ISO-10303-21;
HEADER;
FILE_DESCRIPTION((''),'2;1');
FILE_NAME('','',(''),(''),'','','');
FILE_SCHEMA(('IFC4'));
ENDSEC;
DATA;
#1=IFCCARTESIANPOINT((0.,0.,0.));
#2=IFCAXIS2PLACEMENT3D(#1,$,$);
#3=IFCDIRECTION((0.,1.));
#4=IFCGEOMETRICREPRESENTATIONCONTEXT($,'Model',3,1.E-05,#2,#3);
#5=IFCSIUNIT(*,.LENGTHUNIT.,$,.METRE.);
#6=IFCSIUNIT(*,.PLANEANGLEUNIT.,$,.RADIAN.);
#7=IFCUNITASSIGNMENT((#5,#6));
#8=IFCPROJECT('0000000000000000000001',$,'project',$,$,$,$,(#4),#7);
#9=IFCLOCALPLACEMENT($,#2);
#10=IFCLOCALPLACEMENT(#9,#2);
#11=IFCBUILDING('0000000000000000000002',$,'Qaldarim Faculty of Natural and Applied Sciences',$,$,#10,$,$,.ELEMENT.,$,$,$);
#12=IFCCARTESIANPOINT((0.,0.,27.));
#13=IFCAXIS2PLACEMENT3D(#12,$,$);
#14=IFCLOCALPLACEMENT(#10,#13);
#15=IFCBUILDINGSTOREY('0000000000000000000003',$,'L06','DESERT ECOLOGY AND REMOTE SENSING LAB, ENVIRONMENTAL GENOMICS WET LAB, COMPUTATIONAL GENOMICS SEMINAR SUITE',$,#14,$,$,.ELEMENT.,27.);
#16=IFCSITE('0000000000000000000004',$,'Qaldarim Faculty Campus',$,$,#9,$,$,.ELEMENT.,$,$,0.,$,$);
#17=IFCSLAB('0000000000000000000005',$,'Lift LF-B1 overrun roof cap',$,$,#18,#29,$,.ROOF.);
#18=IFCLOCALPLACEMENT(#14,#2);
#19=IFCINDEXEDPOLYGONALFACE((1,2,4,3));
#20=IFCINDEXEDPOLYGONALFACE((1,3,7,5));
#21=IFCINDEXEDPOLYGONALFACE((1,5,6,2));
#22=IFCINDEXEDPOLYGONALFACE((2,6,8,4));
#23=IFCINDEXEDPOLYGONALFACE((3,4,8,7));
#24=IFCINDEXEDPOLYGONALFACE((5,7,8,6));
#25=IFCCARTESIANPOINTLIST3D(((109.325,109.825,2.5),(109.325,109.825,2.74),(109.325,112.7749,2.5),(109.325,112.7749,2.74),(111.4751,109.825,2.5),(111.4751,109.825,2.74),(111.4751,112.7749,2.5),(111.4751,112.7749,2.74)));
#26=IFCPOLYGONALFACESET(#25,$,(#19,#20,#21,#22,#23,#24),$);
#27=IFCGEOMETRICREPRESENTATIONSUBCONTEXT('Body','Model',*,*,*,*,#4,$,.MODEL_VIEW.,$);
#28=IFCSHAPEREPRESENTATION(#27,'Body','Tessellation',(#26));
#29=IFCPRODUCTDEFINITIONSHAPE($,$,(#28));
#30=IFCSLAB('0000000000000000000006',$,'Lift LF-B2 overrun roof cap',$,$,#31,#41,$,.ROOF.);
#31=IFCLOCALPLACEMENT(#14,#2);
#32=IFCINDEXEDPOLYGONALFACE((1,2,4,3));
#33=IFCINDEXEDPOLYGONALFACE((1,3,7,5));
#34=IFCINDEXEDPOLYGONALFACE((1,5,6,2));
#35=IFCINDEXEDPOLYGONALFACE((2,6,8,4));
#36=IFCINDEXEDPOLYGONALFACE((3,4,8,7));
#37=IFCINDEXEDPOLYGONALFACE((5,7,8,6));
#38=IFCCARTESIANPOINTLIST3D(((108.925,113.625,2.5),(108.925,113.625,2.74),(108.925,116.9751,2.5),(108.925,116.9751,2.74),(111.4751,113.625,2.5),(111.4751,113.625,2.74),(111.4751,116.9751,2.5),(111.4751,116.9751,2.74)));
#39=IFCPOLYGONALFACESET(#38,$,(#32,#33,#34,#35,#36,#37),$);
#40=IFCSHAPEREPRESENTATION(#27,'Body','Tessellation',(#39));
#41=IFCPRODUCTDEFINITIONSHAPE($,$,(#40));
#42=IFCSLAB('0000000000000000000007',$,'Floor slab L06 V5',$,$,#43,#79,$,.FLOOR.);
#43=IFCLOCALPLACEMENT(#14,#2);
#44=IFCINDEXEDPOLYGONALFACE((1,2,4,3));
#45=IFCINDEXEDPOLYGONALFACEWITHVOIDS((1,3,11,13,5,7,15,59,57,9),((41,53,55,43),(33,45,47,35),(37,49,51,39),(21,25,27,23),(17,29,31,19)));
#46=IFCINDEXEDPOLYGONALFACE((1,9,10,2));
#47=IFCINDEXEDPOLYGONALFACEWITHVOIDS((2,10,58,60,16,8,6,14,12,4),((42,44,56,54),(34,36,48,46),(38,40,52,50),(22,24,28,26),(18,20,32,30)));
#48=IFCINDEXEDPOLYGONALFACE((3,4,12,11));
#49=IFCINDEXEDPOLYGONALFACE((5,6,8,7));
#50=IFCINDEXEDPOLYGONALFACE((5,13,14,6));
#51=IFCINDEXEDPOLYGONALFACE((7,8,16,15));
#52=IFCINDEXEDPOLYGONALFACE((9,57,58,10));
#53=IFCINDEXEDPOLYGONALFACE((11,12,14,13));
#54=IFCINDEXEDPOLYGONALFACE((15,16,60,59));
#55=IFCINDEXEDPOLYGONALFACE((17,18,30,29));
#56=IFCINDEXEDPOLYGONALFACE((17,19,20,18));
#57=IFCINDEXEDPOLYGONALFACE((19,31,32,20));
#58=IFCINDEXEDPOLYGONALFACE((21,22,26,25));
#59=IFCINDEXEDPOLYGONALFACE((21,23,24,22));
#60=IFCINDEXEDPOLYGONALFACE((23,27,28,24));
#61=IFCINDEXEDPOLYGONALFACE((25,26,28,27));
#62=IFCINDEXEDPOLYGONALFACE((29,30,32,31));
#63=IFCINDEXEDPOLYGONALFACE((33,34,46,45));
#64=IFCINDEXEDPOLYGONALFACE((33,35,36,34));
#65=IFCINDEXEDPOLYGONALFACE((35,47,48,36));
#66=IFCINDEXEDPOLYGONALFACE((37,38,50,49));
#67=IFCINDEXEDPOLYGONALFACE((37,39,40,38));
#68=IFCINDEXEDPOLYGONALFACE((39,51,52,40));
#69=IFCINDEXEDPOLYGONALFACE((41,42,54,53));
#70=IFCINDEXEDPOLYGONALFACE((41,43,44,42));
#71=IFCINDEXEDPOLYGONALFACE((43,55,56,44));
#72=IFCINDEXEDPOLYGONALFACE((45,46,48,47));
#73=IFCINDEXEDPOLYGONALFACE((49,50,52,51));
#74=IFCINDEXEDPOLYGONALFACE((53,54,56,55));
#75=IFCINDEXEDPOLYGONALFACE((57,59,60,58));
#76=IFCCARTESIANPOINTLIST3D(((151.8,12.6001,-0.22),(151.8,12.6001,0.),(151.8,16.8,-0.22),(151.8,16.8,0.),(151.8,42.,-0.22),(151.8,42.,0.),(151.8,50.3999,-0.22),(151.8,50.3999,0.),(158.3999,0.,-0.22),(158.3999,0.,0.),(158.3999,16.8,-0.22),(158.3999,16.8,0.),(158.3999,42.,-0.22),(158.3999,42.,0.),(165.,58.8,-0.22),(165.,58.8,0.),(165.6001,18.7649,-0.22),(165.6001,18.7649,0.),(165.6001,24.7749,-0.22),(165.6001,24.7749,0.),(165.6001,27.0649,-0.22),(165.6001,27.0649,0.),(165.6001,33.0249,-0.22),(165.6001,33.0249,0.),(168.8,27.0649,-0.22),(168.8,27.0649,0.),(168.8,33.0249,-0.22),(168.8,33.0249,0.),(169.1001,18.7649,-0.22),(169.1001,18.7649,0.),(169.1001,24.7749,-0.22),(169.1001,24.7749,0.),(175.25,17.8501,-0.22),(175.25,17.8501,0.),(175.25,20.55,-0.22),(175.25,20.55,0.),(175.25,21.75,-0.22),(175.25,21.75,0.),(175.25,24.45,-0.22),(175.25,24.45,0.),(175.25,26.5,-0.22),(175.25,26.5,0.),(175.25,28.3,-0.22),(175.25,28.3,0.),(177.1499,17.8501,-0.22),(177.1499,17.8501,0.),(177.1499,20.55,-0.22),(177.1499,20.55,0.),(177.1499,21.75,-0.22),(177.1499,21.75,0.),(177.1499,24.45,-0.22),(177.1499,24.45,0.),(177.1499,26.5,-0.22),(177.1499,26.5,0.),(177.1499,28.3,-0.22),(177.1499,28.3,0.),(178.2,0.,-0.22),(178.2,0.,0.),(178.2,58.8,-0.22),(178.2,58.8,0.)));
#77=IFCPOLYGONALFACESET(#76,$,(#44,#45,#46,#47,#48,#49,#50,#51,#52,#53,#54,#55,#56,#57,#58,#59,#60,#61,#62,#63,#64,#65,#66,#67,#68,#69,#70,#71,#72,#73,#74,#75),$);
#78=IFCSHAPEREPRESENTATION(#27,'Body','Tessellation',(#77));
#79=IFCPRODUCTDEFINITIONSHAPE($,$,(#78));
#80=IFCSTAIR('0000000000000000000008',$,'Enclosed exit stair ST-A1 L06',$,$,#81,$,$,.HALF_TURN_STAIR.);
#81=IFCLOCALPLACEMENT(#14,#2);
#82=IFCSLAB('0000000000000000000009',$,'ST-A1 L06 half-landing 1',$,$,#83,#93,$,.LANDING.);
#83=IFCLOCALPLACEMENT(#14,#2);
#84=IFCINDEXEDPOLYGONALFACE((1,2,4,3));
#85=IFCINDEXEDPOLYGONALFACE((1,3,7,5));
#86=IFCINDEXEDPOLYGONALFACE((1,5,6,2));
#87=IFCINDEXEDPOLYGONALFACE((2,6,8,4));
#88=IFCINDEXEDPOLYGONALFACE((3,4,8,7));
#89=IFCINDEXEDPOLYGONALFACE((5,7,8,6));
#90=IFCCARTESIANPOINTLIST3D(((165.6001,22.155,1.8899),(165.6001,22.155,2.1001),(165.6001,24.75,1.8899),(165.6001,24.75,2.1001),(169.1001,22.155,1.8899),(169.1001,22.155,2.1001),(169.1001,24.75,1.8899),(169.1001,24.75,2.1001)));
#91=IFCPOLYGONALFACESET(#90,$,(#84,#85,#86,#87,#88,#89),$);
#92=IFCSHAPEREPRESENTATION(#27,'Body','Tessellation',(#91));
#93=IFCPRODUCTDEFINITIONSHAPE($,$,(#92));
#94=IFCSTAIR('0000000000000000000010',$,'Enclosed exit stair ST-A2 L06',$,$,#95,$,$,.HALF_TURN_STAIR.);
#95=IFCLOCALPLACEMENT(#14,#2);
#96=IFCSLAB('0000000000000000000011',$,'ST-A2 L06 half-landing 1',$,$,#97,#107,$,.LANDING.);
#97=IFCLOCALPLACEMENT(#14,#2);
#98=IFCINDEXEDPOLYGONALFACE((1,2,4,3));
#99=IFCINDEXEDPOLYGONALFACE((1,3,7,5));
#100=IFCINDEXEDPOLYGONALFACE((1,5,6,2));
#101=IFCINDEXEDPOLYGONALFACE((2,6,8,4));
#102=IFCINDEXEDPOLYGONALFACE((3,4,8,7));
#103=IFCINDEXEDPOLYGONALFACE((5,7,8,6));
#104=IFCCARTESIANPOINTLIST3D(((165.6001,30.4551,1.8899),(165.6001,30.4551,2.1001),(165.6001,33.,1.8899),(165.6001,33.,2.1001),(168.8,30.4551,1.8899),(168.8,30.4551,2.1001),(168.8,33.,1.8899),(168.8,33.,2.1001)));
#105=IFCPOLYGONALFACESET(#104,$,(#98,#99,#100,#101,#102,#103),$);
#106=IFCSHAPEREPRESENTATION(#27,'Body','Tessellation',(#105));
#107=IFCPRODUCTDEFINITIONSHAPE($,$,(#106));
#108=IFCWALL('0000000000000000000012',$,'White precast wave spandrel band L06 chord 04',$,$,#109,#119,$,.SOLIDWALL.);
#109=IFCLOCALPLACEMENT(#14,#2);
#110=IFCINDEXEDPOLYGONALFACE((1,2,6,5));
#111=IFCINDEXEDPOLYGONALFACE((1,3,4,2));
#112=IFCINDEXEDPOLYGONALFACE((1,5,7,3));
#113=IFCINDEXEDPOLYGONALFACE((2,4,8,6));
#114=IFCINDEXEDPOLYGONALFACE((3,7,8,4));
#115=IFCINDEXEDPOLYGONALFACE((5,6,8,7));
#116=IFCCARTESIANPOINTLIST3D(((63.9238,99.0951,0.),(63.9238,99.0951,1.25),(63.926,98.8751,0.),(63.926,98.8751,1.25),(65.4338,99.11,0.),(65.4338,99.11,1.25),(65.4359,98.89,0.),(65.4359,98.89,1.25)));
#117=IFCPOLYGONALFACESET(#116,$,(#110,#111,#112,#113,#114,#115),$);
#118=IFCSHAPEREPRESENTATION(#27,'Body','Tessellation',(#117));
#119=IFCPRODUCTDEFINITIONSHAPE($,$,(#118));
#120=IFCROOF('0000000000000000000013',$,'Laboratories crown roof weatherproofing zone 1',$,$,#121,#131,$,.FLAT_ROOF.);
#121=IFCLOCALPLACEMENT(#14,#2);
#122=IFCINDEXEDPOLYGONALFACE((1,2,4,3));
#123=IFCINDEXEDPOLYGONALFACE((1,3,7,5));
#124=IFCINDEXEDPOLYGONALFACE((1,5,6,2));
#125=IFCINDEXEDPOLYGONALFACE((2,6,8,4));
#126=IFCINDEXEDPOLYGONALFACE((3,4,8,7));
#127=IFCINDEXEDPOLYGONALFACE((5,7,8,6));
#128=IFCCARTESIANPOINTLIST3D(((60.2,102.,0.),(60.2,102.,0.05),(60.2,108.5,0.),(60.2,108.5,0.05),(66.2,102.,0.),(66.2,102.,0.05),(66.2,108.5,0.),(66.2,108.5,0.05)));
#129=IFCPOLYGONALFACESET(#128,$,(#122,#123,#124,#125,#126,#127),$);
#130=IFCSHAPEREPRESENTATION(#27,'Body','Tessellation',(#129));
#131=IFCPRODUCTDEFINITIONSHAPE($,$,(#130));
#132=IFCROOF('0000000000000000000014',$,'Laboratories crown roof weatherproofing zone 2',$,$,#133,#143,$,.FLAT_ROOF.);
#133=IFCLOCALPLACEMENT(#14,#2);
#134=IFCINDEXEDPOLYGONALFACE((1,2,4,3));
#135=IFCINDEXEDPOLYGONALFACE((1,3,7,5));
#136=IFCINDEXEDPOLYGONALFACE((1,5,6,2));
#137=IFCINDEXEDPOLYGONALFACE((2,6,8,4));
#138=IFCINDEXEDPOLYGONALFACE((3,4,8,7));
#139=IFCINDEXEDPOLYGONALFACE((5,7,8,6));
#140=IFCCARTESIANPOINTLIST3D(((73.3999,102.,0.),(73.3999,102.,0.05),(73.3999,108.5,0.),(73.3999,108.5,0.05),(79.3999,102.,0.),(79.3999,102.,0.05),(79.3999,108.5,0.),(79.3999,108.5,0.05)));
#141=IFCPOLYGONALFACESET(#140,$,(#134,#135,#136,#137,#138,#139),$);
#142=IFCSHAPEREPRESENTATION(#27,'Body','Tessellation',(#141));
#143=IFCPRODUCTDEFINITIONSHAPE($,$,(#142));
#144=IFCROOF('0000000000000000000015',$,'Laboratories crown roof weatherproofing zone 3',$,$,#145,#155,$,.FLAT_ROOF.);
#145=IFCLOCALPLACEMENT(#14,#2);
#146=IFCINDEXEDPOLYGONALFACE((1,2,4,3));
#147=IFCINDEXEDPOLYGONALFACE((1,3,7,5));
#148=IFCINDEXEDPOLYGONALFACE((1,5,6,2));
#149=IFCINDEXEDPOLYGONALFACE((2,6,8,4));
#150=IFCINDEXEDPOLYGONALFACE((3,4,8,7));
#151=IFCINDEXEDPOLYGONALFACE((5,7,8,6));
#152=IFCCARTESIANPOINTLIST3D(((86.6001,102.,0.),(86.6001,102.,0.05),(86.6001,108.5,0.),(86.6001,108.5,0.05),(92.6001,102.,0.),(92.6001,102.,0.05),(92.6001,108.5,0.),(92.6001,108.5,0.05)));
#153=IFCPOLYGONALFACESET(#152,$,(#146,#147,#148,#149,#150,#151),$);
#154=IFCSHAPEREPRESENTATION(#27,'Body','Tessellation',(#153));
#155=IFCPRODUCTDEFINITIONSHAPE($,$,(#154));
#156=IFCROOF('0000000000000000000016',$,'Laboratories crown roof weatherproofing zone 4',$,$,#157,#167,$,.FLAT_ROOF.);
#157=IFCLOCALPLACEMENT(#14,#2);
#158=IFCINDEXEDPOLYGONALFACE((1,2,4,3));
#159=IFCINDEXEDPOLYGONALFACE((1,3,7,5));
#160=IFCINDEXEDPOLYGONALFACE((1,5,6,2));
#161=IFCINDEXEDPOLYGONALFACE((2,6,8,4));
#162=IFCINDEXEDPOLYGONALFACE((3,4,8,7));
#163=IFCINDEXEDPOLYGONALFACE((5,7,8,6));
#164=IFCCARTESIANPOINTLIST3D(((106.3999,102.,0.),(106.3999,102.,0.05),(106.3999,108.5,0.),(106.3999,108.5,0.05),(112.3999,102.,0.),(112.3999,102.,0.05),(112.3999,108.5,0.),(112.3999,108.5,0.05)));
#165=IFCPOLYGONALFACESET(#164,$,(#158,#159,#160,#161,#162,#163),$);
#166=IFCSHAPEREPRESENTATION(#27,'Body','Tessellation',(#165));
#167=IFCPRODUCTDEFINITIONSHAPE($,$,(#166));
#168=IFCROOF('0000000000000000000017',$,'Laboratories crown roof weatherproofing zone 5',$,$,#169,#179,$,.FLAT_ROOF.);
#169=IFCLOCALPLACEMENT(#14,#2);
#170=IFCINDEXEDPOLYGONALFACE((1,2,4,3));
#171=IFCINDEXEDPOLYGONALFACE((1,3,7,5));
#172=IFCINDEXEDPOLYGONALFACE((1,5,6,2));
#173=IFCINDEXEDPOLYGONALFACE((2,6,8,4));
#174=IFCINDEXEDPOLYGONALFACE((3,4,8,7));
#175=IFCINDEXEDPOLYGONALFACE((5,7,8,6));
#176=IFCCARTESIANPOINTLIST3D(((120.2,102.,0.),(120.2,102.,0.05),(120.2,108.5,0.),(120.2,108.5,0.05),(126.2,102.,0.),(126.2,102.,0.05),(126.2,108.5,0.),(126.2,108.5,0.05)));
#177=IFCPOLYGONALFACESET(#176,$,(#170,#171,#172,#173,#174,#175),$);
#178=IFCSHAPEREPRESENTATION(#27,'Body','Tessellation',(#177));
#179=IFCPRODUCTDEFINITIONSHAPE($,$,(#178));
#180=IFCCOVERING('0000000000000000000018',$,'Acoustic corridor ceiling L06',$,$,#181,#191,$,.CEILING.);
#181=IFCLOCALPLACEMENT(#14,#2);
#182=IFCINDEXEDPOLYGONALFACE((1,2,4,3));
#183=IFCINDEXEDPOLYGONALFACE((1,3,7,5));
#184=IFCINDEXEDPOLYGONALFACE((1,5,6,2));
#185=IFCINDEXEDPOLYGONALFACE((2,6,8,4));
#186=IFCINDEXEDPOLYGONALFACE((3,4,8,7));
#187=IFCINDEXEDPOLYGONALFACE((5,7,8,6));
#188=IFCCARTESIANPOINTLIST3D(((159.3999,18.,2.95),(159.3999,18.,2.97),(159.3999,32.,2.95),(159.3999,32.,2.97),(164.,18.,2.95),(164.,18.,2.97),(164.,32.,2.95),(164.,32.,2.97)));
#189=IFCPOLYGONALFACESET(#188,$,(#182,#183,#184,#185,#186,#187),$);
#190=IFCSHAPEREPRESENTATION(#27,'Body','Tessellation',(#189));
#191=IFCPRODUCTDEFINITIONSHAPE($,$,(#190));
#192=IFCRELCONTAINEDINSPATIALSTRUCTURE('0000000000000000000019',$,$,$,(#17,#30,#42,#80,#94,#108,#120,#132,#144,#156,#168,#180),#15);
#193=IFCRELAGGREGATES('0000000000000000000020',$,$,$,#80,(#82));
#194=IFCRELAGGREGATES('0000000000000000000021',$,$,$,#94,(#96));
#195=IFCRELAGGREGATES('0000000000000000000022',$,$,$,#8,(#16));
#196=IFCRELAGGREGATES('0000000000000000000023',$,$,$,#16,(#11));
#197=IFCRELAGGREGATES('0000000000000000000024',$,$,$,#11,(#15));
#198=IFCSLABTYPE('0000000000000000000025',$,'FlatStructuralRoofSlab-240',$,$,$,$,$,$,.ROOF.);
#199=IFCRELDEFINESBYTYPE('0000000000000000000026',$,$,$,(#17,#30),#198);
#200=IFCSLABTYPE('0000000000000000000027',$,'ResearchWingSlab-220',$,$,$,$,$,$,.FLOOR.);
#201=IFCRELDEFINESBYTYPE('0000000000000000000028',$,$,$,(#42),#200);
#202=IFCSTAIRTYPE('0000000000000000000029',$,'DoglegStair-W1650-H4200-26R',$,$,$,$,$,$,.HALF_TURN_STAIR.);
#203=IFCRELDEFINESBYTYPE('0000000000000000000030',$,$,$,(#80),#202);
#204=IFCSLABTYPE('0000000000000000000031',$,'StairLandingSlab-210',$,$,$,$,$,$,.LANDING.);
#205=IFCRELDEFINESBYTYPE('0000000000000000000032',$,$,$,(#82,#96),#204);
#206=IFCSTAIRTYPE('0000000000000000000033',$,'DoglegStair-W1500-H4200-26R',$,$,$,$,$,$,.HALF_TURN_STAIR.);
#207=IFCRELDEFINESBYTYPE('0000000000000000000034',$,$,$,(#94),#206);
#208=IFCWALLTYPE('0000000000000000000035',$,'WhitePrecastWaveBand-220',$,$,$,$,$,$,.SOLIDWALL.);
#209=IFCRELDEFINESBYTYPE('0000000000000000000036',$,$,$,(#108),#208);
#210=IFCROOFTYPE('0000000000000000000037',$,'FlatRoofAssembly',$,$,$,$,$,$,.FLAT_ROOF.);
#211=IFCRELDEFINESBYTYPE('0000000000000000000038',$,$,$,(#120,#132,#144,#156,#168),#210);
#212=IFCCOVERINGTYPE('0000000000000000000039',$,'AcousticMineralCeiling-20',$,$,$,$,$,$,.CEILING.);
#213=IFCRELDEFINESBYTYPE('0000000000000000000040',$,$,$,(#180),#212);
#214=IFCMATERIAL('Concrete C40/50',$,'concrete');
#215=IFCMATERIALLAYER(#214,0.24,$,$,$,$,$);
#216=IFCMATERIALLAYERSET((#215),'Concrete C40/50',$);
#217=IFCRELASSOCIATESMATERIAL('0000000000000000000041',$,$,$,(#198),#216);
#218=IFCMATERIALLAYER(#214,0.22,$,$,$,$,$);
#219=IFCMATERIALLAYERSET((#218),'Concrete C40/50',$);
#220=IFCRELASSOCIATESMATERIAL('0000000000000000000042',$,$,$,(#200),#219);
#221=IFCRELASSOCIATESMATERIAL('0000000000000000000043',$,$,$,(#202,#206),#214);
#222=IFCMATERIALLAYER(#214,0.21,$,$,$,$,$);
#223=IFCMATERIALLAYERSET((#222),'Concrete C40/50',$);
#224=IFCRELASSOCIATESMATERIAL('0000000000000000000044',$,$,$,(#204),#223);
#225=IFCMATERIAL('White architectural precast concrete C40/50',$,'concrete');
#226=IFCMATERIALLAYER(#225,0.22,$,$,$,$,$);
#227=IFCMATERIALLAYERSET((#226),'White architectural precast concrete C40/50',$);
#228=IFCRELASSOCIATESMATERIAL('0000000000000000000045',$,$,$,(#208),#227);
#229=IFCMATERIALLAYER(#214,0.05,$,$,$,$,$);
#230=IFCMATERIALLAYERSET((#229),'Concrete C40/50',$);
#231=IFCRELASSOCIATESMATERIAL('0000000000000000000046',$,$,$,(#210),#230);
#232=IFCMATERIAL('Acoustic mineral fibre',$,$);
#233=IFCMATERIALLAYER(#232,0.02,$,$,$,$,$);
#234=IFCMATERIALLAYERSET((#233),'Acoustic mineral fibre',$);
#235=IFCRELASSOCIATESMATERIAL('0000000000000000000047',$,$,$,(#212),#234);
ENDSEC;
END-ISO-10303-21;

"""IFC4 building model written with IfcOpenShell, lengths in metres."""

from ifc_helpers import new_model, si_unit, direction, frame, frame_2d, origin, place, context, subcontext, project, spatial, polyline, rectangle, outline, extrude, material, layer, layer_set, type_object, element, aggregate, save


model = new_model("IFC4")

# Units and contexts
model_context = context("Model", 3, precision=1e-05, world=origin(), true_north=direction((0.0, 1.0)))
body_context = subcontext(model_context, "Body", "Model", "MODEL_VIEW")
ifc_project = project(units=[si_unit("LENGTHUNIT", "METRE"), si_unit("PLANEANGLEUNIT", "RADIAN")], contexts=[model_context])

# Site, building, storey
site_placement = place(None, origin())
site = spatial("IfcSite", under=ifc_project, at=site_placement, Name="Qaldarim Faculty Campus", CompositionType="ELEMENT", RefElevation=0.0)
building_placement = place(site_placement, origin())
building = spatial("IfcBuilding", under=site, at=building_placement, Name="Qaldarim Faculty of Natural and Applied Sciences", CompositionType="ELEMENT")
storey_placement = place(building_placement, frame((0.0, 0.0, 27.0)))
storey = spatial("IfcBuildingStorey", under=building, at=storey_placement, Name="L06", Description="DESERT ECOLOGY AND REMOTE SENSING LAB, ENVIRONMENTAL GENOMICS WET LAB, COMPUTATIONAL GENOMICS SEMINAR SUITE", CompositionType="ELEMENT", Elevation=27.0)

# Shared definitions
ifc_material_1 = material(Name="Concrete C40/50", Category="concrete")
ifc_layer_1 = layer(ifc_material_1, 0.24)
ifc_layer_set_1 = layer_set([ifc_layer_1], Name="Concrete C40/50")
slab_type_1 = type_object("IfcSlabType", Name="FlatStructuralRoofSlab-240", PredefinedType="ROOF", material=ifc_layer_set_1)

# Slabs
slab_1_placement = place(storey_placement, frame((0.0, 0.0, 2.5)))
element("IfcSlab", 1, at=slab_1_placement, inside=storey, type_object=slab_type_1, Name="Lift LF-B1 overrun roof cap", PredefinedType="ROOF", context=body_context, shape_type="SweptSolid", body=[
    extrude(outline(polyline([(109.325, 109.825), (111.4751, 109.825), (111.4751, 112.7749), (109.325, 112.7749), (109.325, 109.825)])), origin(), (0.0, 0.0, 1.0), 0.24),
])
slab_2_placement = place(storey_placement, frame((0.0, 0.0, 2.5)))
element("IfcSlab", 2, at=slab_2_placement, inside=storey, type_object=slab_type_1, Name="Lift LF-B2 overrun roof cap", PredefinedType="ROOF", context=body_context, shape_type="SweptSolid", body=[
    extrude(outline(polyline([(108.925, 113.625), (111.4751, 113.625), (111.4751, 116.9751), (108.925, 116.9751), (108.925, 113.625)])), origin(), (0.0, 0.0, 1.0), 0.24),
])
ifc_layer_2 = layer(ifc_material_1, 0.22)
ifc_layer_set_2 = layer_set([ifc_layer_2], Name="Concrete C40/50")
slab_type_2 = type_object("IfcSlabType", Name="ResearchWingSlab-220", PredefinedType="FLOOR", material=ifc_layer_set_2)
slab_3_placement = place(storey_placement, frame((0.0, 0.0, -0.22)))
element("IfcSlab", 3, at=slab_3_placement, inside=storey, type_object=slab_type_2, Name="Floor slab L06 V5", PredefinedType="FLOOR", context=body_context, shape_type="SweptSolid", body=[
    extrude(outline(polyline([(158.3999, 0.0), (178.2, 0.0), (178.2, 58.8), (165.0, 58.8), (151.8, 50.3999), (151.8, 42.0), (158.3999, 42.0), (158.3999, 16.8), (151.8, 16.8), (151.8, 12.6001), (158.3999, 0.0)]), holes=[polyline([(169.1001, 18.7649), (169.1001, 24.7749), (165.6001, 24.7749), (165.6001, 18.7649), (169.1001, 18.7649)]), polyline([(168.8, 27.0649), (168.8, 33.0249), (165.6001, 33.0249), (165.6001, 27.0649), (168.8, 27.0649)]), polyline([(175.25, 17.8501), (177.1499, 17.8501), (177.1499, 20.55), (175.25, 20.55), (175.25, 17.8501)]), polyline([(175.25, 21.75), (177.1499, 21.75), (177.1499, 24.45), (175.25, 24.45), (175.25, 21.75)]), polyline([(175.25, 26.5), (177.1499, 26.5), (177.1499, 28.3), (175.25, 28.3), (175.25, 26.5)])]), origin(), (0.0, 0.0, 1.0), 0.22),
])

# Stairs, slabs
stair_type_1 = type_object("IfcStairType", Name="DoglegStair-W1650-H4200-26R", PredefinedType="HALF_TURN_STAIR", material=ifc_material_1)
stair_1_placement = place(storey_placement, origin())
stair_1 = element("IfcStair", 4, at=stair_1_placement, inside=storey, type_object=stair_type_1, Name="Enclosed exit stair ST-A1 L06", PredefinedType="HALF_TURN_STAIR")
ifc_layer_3 = layer(ifc_material_1, 0.21)
ifc_layer_set_3 = layer_set([ifc_layer_3], Name="Concrete C40/50")
slab_type_3 = type_object("IfcSlabType", Name="StairLandingSlab-210", PredefinedType="LANDING", material=ifc_layer_set_3)
slab_4_placement = place(storey_placement, frame((0.0, 0.0, 1.8899)))
slab_4 = element("IfcSlab", 5, at=slab_4_placement, type_object=slab_type_3, Name="ST-A1 L06 half-landing 1", PredefinedType="LANDING", context=body_context, shape_type="SweptSolid", body=[
    extrude(outline(polyline([(169.1001, 22.155), (169.1001, 24.75), (165.6001, 24.75), (165.6001, 22.155), (169.1001, 22.155)])), origin(), (0.0, 0.0, 1.0), 0.2102),
])
aggregate(stair_1, [slab_4])
stair_type_2 = type_object("IfcStairType", Name="DoglegStair-W1500-H4200-26R", PredefinedType="HALF_TURN_STAIR", material=ifc_material_1)
stair_2_placement = place(storey_placement, origin())
stair_2 = element("IfcStair", 6, at=stair_2_placement, inside=storey, type_object=stair_type_2, Name="Enclosed exit stair ST-A2 L06", PredefinedType="HALF_TURN_STAIR")
slab_5_placement = place(storey_placement, frame((0.0, 0.0, 1.8899)))
slab_5 = element("IfcSlab", 7, at=slab_5_placement, type_object=slab_type_3, Name="ST-A2 L06 half-landing 1", PredefinedType="LANDING", context=body_context, shape_type="SweptSolid", body=[
    extrude(outline(polyline([(168.8, 30.4551), (168.8, 33.0), (165.6001, 33.0), (165.6001, 30.4551), (168.8, 30.4551)])), origin(), (0.0, 0.0, 1.0), 0.2102),
])
aggregate(stair_2, [slab_5])

# Wall
ifc_material_2 = material(Name="White architectural precast concrete C40/50", Category="concrete")
ifc_layer_4 = layer(ifc_material_2, 0.22)
ifc_layer_set_4 = layer_set([ifc_layer_4], Name="White architectural precast concrete C40/50")
wall_type = type_object("IfcWallType", Name="WhitePrecastWaveBand-220", PredefinedType="SOLIDWALL", material=ifc_layer_set_4)
wall_placement = place(storey_placement, frame((63.925, 98.9851, 0.0), z_axis=(0.0, 0.0, 1.0), x_axis=(0.999951, 0.009862, 0.0)))
element("IfcWall", 8, at=wall_placement, inside=storey, type_object=wall_type, Name="White precast wave spandrel band L06 chord 04", PredefinedType="SOLIDWALL", context=body_context, shape_type="SweptSolid", body=[
    extrude(rectangle(XDim=1.51, YDim=0.22, at=frame_2d((0.7549, 0.0))), origin(), (0.0, 0.0, 1.0), 1.25),
])

# Roofs
ifc_layer_5 = layer(ifc_material_1, 0.05)
ifc_layer_set_5 = layer_set([ifc_layer_5], Name="Concrete C40/50")
roof_type = type_object("IfcRoofType", Name="FlatRoofAssembly", PredefinedType="FLAT_ROOF", material=ifc_layer_set_5)
roof_1_placement = place(storey_placement, origin())
element("IfcRoof", 9, at=roof_1_placement, inside=storey, type_object=roof_type, Name="Laboratories crown roof weatherproofing zone 1", PredefinedType="FLAT_ROOF", context=body_context, shape_type="SweptSolid", body=[
    extrude(outline(polyline([(60.2, 102.0), (66.2, 102.0), (66.2, 108.5), (60.2, 108.5), (60.2, 102.0)])), origin(), (0.0, 0.0, 1.0), 0.05),
])
roof_2_placement = place(storey_placement, origin())
element("IfcRoof", 10, at=roof_2_placement, inside=storey, type_object=roof_type, Name="Laboratories crown roof weatherproofing zone 2", PredefinedType="FLAT_ROOF", context=body_context, shape_type="SweptSolid", body=[
    extrude(outline(polyline([(73.3999, 102.0), (79.3999, 102.0), (79.3999, 108.5), (73.3999, 108.5), (73.3999, 102.0)])), origin(), (0.0, 0.0, 1.0), 0.05),
])
roof_3_placement = place(storey_placement, origin())
element("IfcRoof", 11, at=roof_3_placement, inside=storey, type_object=roof_type, Name="Laboratories crown roof weatherproofing zone 3", PredefinedType="FLAT_ROOF", context=body_context, shape_type="SweptSolid", body=[
    extrude(outline(polyline([(86.6001, 102.0), (92.6001, 102.0), (92.6001, 108.5), (86.6001, 108.5), (86.6001, 102.0)])), origin(), (0.0, 0.0, 1.0), 0.05),
])
roof_4_placement = place(storey_placement, origin())
element("IfcRoof", 12, at=roof_4_placement, inside=storey, type_object=roof_type, Name="Laboratories crown roof weatherproofing zone 4", PredefinedType="FLAT_ROOF", context=body_context, shape_type="SweptSolid", body=[
    extrude(outline(polyline([(106.3999, 102.0), (112.3999, 102.0), (112.3999, 108.5), (106.3999, 108.5), (106.3999, 102.0)])), origin(), (0.0, 0.0, 1.0), 0.05),
])
roof_5_placement = place(storey_placement, origin())
element("IfcRoof", 13, at=roof_5_placement, inside=storey, type_object=roof_type, Name="Laboratories crown roof weatherproofing zone 5", PredefinedType="FLAT_ROOF", context=body_context, shape_type="SweptSolid", body=[
    extrude(outline(polyline([(120.2, 102.0), (126.2, 102.0), (126.2, 108.5), (120.2, 108.5), (120.2, 102.0)])), origin(), (0.0, 0.0, 1.0), 0.05),
])

# Covering
ifc_material_3 = material(Name="Acoustic mineral fibre")
ifc_layer_6 = layer(ifc_material_3, 0.02)
ifc_layer_set_6 = layer_set([ifc_layer_6], Name="Acoustic mineral fibre")
covering_type_1 = type_object("IfcCoveringType", Name="AcousticMineralCeiling-20", PredefinedType="CEILING", material=ifc_layer_set_6)
covering_1_placement = place(storey_placement, frame((0.0, 0.0, 2.95)))
element("IfcCovering", 14, at=covering_1_placement, inside=storey, type_object=covering_type_1, Name="Acoustic corridor ceiling L06", PredefinedType="CEILING", context=body_context, shape_type="SweptSolid", body=[
    extrude(outline(polyline([(159.3999, 18.0), (164.0, 18.0), (164.0, 32.0), (159.3999, 32.0), (159.3999, 18.0)])), origin(), (0.0, 0.0, 1.0), 0.02),
])

save(model, "model.ifc")
